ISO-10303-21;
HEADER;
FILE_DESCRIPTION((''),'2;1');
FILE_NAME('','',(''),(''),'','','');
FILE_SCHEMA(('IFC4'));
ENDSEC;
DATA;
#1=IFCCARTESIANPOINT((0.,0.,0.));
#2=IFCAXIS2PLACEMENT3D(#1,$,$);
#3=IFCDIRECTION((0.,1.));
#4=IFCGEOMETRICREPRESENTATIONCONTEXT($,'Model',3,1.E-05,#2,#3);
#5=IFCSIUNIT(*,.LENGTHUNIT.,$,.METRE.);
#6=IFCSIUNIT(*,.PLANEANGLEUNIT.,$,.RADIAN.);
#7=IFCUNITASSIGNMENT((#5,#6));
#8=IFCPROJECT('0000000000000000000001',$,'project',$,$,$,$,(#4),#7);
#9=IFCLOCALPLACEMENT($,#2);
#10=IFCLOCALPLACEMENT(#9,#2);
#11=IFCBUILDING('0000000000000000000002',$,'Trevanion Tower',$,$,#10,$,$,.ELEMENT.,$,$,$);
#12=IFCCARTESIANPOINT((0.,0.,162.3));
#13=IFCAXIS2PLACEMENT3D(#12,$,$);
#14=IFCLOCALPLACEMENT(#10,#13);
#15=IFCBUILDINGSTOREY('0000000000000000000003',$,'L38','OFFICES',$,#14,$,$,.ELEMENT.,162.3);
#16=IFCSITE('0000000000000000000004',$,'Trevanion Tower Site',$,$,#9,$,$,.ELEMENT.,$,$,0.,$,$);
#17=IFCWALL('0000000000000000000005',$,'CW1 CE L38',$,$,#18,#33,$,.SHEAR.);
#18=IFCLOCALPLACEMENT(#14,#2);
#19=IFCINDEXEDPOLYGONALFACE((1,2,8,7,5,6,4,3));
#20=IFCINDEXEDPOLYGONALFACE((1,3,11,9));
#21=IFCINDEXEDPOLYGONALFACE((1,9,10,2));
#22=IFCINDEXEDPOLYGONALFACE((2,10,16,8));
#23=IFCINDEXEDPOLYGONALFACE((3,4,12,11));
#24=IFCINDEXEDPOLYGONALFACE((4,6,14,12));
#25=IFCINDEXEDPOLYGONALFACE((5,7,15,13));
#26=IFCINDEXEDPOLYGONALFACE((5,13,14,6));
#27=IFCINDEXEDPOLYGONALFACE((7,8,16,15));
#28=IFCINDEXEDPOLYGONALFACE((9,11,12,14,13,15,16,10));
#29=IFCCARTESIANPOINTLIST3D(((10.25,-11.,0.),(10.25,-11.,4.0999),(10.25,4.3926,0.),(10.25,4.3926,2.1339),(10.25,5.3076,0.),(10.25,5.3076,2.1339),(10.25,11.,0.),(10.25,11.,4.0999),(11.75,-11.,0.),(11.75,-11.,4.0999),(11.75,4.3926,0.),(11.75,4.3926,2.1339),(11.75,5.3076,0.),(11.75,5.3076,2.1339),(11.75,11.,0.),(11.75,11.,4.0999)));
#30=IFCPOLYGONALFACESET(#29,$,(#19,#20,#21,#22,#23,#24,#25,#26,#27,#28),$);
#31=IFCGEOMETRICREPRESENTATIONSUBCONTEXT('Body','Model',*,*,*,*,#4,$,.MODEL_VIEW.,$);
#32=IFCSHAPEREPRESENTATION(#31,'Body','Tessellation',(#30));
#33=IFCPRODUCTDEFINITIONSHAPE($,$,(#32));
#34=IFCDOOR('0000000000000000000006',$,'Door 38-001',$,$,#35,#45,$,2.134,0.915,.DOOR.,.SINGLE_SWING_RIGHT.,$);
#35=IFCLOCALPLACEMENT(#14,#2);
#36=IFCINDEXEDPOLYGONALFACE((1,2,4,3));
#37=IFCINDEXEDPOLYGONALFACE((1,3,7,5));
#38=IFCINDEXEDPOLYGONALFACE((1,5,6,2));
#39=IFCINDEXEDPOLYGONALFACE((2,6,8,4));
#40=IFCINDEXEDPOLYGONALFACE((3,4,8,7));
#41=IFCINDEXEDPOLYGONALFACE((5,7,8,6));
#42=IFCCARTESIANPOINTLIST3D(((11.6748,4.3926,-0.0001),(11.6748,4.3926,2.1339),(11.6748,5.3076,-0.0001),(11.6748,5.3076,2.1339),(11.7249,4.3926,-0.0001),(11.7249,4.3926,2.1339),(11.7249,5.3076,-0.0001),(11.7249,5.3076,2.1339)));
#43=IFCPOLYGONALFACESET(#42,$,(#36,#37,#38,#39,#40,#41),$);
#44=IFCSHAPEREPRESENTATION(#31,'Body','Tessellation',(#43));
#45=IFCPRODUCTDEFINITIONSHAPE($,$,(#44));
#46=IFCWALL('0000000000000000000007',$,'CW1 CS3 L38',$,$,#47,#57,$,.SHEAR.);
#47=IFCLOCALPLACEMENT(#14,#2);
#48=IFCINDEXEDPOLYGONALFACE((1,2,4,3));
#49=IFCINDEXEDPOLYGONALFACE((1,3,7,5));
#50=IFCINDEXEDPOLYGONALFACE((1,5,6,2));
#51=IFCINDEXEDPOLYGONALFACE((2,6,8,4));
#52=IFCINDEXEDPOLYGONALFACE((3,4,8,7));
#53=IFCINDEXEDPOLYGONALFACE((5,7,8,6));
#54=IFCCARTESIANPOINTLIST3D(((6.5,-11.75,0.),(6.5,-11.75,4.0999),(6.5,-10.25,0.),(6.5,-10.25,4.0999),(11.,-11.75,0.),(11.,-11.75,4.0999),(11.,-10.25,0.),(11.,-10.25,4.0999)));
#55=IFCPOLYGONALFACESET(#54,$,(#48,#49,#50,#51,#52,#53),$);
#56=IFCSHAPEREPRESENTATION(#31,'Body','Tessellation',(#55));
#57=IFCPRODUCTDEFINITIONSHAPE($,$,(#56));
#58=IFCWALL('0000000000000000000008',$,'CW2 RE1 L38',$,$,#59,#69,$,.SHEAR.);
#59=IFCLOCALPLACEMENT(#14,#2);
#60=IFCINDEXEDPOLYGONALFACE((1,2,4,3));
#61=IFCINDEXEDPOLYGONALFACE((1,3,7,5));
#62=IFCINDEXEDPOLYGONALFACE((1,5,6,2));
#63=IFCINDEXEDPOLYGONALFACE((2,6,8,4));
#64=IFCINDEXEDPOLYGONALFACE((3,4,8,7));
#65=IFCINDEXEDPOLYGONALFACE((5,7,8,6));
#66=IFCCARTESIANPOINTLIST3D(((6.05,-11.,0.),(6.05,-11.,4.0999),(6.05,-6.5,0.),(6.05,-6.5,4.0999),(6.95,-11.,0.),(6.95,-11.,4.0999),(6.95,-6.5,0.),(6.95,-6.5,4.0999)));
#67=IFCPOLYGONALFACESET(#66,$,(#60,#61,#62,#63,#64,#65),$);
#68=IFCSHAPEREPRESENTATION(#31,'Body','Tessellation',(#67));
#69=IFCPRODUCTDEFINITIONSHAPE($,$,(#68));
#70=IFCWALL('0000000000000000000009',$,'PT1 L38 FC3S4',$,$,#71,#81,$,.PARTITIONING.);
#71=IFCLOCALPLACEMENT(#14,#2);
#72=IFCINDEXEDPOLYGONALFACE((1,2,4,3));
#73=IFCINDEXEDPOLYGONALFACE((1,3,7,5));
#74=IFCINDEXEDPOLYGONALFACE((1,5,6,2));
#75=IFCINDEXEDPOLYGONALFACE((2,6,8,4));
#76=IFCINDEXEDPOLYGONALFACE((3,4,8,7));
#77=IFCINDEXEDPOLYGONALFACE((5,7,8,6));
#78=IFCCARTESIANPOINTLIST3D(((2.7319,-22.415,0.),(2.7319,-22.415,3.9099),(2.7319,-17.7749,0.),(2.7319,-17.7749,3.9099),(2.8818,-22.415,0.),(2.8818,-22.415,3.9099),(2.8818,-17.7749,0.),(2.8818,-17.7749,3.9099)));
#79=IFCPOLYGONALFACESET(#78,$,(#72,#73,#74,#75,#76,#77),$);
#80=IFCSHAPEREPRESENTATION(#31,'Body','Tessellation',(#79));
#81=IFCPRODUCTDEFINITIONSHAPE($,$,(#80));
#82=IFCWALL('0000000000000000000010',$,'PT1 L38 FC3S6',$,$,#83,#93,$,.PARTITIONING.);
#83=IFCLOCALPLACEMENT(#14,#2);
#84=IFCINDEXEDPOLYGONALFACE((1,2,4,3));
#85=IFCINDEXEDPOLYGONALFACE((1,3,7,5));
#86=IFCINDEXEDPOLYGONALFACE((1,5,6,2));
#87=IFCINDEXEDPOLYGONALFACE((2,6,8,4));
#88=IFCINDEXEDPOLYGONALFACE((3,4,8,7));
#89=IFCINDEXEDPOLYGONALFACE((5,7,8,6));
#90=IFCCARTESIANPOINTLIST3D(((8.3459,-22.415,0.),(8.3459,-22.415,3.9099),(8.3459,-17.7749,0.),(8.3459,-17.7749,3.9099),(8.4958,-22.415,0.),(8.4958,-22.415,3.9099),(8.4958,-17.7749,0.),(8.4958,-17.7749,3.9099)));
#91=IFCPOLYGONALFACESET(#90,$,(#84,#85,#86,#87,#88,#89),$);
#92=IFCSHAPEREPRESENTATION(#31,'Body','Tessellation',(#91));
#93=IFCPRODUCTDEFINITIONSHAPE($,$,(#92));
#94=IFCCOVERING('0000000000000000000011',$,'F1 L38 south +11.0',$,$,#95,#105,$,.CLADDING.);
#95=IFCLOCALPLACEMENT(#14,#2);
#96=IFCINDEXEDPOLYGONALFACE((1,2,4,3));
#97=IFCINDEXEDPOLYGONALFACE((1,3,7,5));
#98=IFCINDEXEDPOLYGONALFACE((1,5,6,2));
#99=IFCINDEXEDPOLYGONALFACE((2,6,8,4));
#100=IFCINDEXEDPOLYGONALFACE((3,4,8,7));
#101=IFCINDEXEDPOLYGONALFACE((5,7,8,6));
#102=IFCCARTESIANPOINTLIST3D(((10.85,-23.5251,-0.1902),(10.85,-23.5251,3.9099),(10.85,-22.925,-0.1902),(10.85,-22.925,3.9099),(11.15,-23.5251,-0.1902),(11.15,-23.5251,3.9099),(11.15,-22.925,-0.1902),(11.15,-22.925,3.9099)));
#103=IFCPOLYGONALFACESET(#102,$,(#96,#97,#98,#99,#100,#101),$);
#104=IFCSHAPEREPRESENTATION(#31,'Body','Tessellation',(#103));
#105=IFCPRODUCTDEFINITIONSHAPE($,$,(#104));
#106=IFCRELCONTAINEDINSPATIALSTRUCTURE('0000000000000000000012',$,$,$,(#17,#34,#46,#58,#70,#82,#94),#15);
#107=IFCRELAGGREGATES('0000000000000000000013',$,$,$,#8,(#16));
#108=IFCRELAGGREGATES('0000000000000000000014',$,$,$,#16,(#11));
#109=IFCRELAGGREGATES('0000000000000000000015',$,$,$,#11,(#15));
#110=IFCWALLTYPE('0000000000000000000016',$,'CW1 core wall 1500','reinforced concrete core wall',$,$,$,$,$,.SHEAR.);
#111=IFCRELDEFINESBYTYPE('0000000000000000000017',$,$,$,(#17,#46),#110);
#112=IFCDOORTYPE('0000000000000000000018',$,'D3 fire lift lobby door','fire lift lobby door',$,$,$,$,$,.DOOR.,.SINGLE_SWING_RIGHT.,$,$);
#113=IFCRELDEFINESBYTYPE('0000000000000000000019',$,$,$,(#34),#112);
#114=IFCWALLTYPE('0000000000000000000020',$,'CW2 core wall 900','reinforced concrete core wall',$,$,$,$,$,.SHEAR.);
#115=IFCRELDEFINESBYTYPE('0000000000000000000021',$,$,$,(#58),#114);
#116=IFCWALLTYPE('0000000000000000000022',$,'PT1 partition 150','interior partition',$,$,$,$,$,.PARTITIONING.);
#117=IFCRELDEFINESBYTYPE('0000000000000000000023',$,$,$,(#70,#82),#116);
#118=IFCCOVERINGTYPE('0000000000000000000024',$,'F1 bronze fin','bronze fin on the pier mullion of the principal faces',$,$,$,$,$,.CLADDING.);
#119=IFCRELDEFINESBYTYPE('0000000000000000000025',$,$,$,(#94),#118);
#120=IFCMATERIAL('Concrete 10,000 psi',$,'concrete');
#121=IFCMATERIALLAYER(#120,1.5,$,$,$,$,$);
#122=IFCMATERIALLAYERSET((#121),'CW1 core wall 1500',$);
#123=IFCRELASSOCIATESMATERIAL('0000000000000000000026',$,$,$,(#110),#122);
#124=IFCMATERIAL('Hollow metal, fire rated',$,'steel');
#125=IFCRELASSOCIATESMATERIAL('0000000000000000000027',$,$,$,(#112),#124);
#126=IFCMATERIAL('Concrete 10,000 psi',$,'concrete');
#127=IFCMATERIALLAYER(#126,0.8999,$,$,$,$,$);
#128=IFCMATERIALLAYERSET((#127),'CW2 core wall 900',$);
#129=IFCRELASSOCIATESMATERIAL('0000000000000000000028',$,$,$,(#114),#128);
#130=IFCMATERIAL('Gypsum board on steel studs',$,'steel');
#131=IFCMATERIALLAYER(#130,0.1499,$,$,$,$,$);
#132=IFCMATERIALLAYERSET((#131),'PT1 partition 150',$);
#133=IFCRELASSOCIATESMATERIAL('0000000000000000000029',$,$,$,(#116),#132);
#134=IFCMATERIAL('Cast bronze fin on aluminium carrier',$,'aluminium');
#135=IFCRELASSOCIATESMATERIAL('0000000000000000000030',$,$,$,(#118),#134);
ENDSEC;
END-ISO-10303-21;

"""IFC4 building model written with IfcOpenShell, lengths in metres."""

from ifc_helpers import new_model, si_unit, direction, frame, frame_2d, origin, origin_2d, place, context, subcontext, project, spatial, rectangle, extrude, material, layer, layer_set, type_object, element, fill, save


model = new_model("IFC4")

# Units and contexts
model_context = context("Model", 3, precision=1e-05, world=origin(), true_north=direction((0.0, 1.0)))
body_context = subcontext(model_context, "Body", "Model", "MODEL_VIEW")
ifc_project = project(units=[si_unit("LENGTHUNIT", "METRE"), si_unit("PLANEANGLEUNIT", "RADIAN")], contexts=[model_context])

# Site, building, storey
site_placement = place(None, origin())
site = spatial("IfcSite", under=ifc_project, at=site_placement, Name="Trevanion Tower Site", CompositionType="ELEMENT", RefElevation=0.0)
building_placement = place(site_placement, origin())
building = spatial("IfcBuilding", under=site, at=building_placement, Name="Trevanion Tower", CompositionType="ELEMENT")
storey_placement = place(building_placement, frame((0.0, 0.0, 162.3)))
storey = spatial("IfcBuildingStorey", under=building, at=storey_placement, Name="L38", Description="OFFICES", CompositionType="ELEMENT", Elevation=162.3)

# Wall, opening, door
ifc_material_1 = material(Name="Concrete 10,000 psi", Category="concrete")
ifc_layer_1 = layer(ifc_material_1, 1.5)
ifc_layer_set_1 = layer_set([ifc_layer_1], Name="CW1 core wall 1500")
wall_type_1 = type_object("IfcWallType", Name="CW1 core wall 1500", Description="reinforced concrete core wall", PredefinedType="SHEAR", material=ifc_layer_set_1)
wall_1_placement = place(storey_placement, frame((11.0, -11.0, 0.0), z_axis=(0.0, 0.0, 1.0), x_axis=(0.0, 1.0, 0.0)))
wall_1 = element("IfcWall", 1, at=wall_1_placement, inside=storey, type_object=wall_type_1, Name="CW1 CE L38", PredefinedType="SHEAR", context=body_context, shape_type="SweptSolid", body=[
    extrude(rectangle(XDim=22.0, YDim=1.5, at=frame_2d((11.0, 0.0))), origin(), (0.0, 0.0, 1.0), 4.0999),
])
opening_placement = place(wall_1_placement, frame((15.3926, 0.0, 0.0)))
opening = element("IfcOpeningElement", 2, at=opening_placement, cuts=wall_1, PredefinedType="OPENING", context=body_context, shape_type="SweptSolid", body=[
    extrude(rectangle(XDim=0.915, YDim=2.134, at=frame_2d((0.4575, 1.0669))), frame((0.0, 0.76, 0.0), z_axis=(0.0, -1.0, 0.0), x_axis=(1.0, 0.0, 0.0)), (0.0, 0.0, 1.0), 1.52),
])
ifc_material_2 = material(Name="Hollow metal, fire rated", Category="steel")
door_type = type_object("IfcDoorType", Name="D3 fire lift lobby door", Description="fire lift lobby door", OperationType="SINGLE_SWING_RIGHT", PredefinedType="DOOR", material=ifc_material_2)
door_placement = place(opening_placement, origin())
door = element("IfcDoor", 3, at=door_placement, inside=storey, type_object=door_type, Name="Door 38-001", OperationType="SINGLE_SWING_RIGHT", OverallHeight=2.134, OverallWidth=0.915, PredefinedType="DOOR", context=body_context, shape_type="SweptSolid", body=[
    extrude(rectangle(XDim=0.915, YDim=2.134, at=frame_2d((0.4575, 1.0669))), frame((0.0, -0.6748, 0.0), z_axis=(0.0, -1.0, 0.0), x_axis=(1.0, 0.0, 0.0)), (0.0, 0.0, 1.0), 0.05),
])
fill(opening, door)

# Walls
wall_2_placement = place(storey_placement, frame((6.5, -11.0, 0.0), z_axis=(0.0, 0.0, 1.0), x_axis=(1.0, 0.0, 0.0)))
element("IfcWall", 4, at=wall_2_placement, inside=storey, type_object=wall_type_1, Name="CW1 CS3 L38", PredefinedType="SHEAR", context=body_context, shape_type="SweptSolid", body=[
    extrude(rectangle(XDim=4.5, YDim=1.5, at=frame_2d((2.25, 0.0))), origin(), (0.0, 0.0, 1.0), 4.0999),
])
ifc_material_3 = material(Name="Concrete 10,000 psi", Category="concrete")
ifc_layer_2 = layer(ifc_material_3, 0.8999)
ifc_layer_set_2 = layer_set([ifc_layer_2], Name="CW2 core wall 900")
wall_type_2 = type_object("IfcWallType", Name="CW2 core wall 900", Description="reinforced concrete core wall", PredefinedType="SHEAR", material=ifc_layer_set_2)
wall_3_placement = place(storey_placement, frame((6.5, -11.0, 0.0), z_axis=(0.0, 0.0, 1.0), x_axis=(0.0, 1.0, 0.0)))
element("IfcWall", 5, at=wall_3_placement, inside=storey, type_object=wall_type_2, Name="CW2 RE1 L38", PredefinedType="SHEAR", context=body_context, shape_type="SweptSolid", body=[
    extrude(rectangle(XDim=4.5, YDim=0.8999, at=frame_2d((2.25, 0.0))), origin(), (0.0, 0.0, 1.0), 4.0999),
])
ifc_material_4 = material(Name="Gypsum board on steel studs", Category="steel")
ifc_layer_3 = layer(ifc_material_4, 0.1499)
ifc_layer_set_3 = layer_set([ifc_layer_3], Name="PT1 partition 150")
wall_type_3 = type_object("IfcWallType", Name="PT1 partition 150", Description="interior partition", PredefinedType="PARTITIONING", material=ifc_layer_set_3)
for number, where, z_axis, x_axis, name in (
    (6, (2.8069, -17.7749, 0.0), (0.0, 0.0, 1.0), (0.0, -1.0, 0.0), "PT1 L38 FC3S4"),
    (7, (8.4209, -17.7749, 0.0), (0.0, 0.0, 1.0), (0.0, -1.0, 0.0), "PT1 L38 FC3S6"),
):
    element("IfcWall", number, at=place(storey_placement, frame(where, z_axis=z_axis, x_axis=x_axis)), inside=storey, type_object=wall_type_3, Name=name, PredefinedType="PARTITIONING", context=body_context, shape_type="SweptSolid", body=[
        extrude(rectangle(XDim=4.6401, YDim=0.1499, at=frame_2d((2.3201, 0.0))), origin(), (0.0, 0.0, 1.0), 3.9099),
    ])

# Covering
ifc_material_5 = material(Name="Cast bronze fin on aluminium carrier", Category="aluminium")
covering_type = type_object("IfcCoveringType", Name="F1 bronze fin", Description="bronze fin on the pier mullion of the principal faces", PredefinedType="CLADDING", material=ifc_material_5)
covering_placement = place(storey_placement, frame((11.0, -23.2251, -0.1902), z_axis=(0.0, 0.0, 1.0), x_axis=(1.0, 0.0, 0.0)))
element("IfcCovering", 8, at=covering_placement, inside=storey, type_object=covering_type, Name="F1 L38 south +11.0", PredefinedType="CLADDING", context=body_context, shape_type="SweptSolid", body=[
    extrude(rectangle(XDim=0.3, YDim=0.6001, at=origin_2d()), origin(), (0.0, 0.0, 1.0), 4.1001),
])

save(model, "model.ifc")
